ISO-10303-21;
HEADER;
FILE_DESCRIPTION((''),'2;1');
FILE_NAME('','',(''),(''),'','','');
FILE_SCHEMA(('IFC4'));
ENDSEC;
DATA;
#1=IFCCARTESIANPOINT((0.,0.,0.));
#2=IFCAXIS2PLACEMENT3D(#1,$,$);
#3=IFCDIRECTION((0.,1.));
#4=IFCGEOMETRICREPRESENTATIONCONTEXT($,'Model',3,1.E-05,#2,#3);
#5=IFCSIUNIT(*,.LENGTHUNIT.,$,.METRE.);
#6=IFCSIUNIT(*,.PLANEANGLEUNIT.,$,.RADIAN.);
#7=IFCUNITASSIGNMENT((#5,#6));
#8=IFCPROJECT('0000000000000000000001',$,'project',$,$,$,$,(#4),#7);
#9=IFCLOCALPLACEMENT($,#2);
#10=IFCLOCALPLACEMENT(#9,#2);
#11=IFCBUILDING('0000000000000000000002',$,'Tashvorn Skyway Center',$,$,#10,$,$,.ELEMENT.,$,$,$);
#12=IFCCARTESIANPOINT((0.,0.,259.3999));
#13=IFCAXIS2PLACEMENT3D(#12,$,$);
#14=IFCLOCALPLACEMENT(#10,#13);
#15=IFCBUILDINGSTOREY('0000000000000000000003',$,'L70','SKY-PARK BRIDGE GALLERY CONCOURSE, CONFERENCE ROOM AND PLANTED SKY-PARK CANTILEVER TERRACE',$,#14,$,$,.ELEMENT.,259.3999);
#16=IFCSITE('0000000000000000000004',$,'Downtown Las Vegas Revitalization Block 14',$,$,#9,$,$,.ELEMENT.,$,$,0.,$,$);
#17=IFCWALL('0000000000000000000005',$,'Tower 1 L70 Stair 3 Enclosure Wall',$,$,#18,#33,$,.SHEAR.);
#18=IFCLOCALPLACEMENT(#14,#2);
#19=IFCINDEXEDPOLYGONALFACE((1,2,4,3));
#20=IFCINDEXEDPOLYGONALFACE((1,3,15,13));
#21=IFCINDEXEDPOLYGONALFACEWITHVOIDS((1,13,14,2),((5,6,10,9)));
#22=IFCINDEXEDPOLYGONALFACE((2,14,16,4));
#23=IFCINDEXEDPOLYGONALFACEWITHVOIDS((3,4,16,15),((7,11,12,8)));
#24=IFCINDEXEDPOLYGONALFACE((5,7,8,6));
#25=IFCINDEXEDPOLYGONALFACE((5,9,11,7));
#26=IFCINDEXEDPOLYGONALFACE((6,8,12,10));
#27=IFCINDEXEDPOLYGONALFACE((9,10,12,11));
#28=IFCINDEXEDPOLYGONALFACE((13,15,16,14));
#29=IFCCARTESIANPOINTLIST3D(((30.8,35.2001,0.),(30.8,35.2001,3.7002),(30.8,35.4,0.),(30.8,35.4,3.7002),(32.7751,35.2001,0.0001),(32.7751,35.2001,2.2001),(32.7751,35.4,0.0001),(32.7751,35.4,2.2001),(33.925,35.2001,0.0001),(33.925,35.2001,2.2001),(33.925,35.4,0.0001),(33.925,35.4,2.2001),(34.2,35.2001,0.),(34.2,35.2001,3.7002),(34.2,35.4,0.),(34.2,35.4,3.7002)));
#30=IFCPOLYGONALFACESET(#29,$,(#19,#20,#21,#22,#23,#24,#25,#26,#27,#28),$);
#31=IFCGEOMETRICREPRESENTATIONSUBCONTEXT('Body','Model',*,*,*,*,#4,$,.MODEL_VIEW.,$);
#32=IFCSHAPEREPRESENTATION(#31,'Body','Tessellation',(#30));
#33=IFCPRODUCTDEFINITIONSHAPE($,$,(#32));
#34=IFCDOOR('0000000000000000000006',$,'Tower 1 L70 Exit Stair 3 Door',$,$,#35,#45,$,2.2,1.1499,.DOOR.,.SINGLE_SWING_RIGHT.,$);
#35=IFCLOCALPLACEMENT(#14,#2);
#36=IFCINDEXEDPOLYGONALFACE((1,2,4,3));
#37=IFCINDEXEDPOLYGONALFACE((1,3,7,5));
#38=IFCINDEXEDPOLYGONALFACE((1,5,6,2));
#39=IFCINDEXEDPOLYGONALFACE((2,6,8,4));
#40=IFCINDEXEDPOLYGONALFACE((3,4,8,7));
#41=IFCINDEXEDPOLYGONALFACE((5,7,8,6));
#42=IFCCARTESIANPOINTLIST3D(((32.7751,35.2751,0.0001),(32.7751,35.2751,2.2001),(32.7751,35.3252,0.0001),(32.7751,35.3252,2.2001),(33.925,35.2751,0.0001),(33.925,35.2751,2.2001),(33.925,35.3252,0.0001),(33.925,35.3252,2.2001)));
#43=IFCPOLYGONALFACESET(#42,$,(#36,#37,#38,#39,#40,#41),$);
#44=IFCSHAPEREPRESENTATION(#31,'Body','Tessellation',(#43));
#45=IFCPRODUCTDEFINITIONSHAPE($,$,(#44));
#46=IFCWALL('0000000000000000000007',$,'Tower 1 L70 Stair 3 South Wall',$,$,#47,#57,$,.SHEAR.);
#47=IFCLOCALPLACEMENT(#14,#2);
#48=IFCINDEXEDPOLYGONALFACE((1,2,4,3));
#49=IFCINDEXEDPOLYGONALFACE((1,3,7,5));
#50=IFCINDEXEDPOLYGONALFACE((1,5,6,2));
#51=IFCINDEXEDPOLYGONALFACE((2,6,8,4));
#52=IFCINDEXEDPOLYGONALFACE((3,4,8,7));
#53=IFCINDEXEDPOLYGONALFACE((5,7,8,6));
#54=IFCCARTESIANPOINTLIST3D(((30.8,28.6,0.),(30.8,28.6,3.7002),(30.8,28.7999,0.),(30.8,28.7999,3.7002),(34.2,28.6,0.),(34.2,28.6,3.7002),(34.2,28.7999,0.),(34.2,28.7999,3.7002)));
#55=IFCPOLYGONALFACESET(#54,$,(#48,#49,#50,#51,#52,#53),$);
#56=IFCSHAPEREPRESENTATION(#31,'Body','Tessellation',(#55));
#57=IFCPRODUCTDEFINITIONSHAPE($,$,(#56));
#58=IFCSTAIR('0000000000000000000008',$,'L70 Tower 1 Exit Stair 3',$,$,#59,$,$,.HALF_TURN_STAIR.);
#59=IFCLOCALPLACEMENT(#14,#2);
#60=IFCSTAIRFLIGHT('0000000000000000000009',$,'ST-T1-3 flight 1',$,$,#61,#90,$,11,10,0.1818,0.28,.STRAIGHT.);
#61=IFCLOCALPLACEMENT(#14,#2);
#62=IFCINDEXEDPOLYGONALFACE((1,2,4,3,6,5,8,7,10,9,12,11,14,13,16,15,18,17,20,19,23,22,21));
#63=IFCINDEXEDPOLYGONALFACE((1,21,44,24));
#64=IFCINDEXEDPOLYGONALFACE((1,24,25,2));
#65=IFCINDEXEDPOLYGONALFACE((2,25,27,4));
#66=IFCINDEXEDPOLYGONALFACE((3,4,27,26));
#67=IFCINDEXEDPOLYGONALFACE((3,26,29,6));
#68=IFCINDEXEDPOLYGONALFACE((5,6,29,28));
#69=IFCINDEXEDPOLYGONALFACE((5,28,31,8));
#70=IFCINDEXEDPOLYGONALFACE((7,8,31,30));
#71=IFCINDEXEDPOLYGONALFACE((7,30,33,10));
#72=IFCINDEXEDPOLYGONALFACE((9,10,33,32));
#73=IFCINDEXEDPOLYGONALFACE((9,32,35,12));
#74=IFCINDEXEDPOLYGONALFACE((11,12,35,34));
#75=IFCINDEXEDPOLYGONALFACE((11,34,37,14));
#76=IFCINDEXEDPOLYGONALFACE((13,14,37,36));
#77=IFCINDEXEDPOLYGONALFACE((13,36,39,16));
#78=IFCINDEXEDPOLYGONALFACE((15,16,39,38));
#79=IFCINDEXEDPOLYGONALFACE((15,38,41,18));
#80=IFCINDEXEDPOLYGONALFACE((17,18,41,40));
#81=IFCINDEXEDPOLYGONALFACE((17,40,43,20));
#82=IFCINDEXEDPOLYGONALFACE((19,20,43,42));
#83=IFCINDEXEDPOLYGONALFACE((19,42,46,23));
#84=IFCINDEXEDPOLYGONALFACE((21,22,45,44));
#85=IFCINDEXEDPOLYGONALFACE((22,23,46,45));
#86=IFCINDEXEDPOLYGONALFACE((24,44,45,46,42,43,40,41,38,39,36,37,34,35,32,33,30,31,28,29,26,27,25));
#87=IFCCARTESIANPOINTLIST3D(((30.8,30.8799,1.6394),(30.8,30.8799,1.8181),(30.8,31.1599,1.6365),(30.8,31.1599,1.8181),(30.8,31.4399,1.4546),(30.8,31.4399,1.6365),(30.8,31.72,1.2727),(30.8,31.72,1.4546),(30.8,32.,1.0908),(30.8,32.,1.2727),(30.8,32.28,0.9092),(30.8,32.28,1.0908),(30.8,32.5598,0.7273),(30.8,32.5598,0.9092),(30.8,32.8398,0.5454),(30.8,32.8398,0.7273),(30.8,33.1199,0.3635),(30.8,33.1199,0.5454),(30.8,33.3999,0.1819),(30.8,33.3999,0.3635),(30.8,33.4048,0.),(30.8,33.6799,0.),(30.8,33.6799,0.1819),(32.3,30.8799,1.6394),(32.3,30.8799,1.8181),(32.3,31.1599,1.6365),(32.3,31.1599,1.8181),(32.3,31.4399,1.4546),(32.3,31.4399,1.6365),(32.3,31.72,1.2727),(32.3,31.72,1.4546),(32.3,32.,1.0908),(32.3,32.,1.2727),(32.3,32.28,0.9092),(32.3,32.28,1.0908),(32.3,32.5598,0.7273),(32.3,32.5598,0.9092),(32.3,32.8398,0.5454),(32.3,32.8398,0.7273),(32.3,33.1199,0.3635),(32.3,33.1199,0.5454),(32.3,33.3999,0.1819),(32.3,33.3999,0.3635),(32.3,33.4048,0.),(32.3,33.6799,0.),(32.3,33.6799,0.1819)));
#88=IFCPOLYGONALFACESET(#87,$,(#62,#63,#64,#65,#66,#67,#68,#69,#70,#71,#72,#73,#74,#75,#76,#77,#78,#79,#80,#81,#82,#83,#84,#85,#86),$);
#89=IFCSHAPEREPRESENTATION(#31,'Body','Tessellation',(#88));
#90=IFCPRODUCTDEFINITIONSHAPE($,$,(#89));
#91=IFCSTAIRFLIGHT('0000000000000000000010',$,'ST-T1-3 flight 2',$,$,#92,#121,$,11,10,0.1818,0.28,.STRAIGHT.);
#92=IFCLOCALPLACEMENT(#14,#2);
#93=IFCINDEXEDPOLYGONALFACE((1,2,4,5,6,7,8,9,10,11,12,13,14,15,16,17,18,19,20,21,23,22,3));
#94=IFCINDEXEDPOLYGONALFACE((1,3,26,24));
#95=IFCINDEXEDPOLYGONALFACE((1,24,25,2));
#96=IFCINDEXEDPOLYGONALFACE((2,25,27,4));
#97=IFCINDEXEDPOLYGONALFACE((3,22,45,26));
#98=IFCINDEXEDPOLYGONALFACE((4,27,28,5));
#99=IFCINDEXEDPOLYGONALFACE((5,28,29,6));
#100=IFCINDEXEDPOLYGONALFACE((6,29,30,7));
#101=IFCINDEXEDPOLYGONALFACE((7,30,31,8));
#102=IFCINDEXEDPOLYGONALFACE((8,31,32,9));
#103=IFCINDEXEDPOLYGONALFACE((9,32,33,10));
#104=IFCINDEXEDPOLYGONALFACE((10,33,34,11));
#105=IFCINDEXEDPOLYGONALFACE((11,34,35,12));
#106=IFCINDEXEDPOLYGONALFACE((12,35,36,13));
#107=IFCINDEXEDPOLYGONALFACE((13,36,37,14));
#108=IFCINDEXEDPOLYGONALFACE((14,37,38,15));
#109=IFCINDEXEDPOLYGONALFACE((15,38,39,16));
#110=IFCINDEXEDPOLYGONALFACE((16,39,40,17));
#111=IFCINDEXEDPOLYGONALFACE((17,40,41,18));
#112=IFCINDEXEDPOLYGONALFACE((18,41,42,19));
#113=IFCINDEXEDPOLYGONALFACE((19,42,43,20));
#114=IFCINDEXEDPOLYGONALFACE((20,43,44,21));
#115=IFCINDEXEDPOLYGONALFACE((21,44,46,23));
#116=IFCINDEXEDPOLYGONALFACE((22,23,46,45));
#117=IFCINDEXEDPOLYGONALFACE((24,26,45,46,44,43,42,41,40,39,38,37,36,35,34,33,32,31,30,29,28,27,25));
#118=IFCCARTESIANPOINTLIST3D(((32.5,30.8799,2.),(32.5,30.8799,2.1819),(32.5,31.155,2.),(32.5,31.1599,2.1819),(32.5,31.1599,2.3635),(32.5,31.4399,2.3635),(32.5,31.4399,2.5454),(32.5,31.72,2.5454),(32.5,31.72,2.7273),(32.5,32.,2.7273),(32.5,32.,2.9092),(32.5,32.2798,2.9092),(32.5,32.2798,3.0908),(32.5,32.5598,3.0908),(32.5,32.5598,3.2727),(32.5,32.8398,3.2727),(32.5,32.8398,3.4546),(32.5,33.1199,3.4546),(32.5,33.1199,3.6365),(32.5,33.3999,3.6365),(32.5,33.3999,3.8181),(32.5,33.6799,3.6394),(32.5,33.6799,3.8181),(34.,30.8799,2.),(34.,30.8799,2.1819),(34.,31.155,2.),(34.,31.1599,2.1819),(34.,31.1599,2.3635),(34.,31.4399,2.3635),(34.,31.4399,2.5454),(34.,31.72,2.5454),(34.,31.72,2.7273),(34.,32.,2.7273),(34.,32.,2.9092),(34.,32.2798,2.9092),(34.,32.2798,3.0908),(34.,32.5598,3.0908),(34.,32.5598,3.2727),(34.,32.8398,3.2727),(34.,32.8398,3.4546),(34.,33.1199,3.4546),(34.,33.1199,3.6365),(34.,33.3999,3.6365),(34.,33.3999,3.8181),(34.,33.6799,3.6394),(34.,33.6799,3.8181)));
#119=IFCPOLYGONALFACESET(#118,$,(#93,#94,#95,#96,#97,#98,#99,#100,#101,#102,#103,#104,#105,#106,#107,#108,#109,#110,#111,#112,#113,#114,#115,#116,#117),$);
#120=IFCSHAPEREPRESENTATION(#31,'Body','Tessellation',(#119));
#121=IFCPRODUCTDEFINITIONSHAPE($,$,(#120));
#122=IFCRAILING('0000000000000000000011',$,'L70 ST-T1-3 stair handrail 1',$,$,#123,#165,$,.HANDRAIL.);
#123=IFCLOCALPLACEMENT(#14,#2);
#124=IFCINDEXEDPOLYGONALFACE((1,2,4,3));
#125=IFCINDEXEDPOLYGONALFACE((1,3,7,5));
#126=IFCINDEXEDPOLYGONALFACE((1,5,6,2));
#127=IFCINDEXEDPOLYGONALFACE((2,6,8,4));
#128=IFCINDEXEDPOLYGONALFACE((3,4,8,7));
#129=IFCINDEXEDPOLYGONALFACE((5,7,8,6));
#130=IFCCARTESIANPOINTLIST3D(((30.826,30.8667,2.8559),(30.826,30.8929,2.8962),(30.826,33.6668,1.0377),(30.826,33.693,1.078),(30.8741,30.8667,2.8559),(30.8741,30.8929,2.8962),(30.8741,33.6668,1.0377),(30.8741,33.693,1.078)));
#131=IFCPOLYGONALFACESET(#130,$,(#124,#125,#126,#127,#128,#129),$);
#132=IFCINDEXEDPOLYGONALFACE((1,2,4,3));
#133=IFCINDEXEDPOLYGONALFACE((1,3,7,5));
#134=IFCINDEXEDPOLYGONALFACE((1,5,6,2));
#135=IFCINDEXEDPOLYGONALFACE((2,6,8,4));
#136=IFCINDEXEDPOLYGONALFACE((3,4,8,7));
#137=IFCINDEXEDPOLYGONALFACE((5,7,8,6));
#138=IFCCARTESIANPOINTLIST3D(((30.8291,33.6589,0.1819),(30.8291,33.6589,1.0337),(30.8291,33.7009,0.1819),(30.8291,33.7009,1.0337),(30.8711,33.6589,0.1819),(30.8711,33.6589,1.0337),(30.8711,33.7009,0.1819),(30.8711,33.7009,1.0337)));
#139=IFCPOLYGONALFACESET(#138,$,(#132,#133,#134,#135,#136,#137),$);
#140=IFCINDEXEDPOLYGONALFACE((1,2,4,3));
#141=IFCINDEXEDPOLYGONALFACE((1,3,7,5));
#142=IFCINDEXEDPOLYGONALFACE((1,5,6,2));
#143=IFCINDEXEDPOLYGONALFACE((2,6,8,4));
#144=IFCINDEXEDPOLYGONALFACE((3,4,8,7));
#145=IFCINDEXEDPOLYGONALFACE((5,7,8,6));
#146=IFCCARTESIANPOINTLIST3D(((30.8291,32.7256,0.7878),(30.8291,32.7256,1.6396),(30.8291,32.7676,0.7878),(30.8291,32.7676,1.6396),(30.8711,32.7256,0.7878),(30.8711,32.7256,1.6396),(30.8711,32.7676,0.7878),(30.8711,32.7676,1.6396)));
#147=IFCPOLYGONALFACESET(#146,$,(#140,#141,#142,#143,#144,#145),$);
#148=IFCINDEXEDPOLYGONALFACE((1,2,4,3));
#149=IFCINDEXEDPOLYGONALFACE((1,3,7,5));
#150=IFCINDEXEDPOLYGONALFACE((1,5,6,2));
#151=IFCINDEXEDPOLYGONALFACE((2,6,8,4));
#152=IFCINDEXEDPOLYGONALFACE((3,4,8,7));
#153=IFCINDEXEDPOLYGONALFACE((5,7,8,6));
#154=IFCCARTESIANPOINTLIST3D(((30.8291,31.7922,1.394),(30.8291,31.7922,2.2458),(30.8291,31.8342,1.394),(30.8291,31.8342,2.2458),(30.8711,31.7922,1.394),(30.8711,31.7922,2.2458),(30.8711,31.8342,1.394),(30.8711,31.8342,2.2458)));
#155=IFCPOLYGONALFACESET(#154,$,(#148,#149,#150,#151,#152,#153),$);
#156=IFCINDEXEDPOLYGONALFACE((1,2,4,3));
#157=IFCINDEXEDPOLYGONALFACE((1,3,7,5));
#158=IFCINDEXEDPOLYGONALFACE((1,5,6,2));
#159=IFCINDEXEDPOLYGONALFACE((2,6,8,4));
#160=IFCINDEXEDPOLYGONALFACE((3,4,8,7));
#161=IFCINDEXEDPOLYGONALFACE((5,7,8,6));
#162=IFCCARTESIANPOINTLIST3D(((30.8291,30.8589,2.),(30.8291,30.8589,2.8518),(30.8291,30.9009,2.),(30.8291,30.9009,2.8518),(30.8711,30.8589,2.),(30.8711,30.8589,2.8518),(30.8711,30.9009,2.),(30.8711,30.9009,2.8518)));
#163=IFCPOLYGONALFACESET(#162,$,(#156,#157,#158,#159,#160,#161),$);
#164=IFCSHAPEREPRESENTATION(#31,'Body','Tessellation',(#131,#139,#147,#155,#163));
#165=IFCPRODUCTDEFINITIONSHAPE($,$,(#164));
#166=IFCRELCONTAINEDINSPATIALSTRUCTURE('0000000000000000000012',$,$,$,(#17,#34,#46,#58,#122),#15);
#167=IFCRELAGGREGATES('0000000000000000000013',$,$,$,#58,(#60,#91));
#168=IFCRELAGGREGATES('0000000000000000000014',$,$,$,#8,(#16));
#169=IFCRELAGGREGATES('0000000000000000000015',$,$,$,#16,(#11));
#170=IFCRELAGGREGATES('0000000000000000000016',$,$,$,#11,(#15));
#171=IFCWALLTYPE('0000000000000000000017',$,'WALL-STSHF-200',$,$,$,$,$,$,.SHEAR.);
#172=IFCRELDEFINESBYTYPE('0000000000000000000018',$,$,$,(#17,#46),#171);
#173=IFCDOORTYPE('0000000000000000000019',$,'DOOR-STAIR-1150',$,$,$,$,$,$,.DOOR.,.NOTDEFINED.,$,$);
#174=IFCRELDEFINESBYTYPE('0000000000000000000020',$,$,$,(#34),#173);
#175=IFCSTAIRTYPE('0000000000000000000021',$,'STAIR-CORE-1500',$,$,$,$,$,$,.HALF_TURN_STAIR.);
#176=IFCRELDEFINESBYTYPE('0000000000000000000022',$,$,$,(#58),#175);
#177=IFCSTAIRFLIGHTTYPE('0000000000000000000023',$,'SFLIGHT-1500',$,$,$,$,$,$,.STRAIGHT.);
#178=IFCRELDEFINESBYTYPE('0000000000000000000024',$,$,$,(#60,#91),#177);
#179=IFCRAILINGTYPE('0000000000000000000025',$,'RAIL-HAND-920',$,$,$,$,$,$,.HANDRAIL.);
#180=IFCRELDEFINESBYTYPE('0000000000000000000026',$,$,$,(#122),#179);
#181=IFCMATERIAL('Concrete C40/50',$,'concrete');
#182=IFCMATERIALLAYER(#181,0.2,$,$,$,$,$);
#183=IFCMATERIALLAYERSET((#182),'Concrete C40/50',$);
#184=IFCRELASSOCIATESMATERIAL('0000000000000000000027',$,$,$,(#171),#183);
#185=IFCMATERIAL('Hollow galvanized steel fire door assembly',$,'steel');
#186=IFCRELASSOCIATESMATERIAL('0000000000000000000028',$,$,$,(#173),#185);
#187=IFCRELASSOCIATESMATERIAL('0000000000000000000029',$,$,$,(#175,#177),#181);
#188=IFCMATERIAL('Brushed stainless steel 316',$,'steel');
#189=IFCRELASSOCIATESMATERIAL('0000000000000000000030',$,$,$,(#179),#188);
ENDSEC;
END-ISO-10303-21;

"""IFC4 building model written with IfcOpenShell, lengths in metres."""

from ifc_helpers import new_model, si_unit, direction, frame, frame_2d, origin, origin_2d, place, context, subcontext, project, spatial, polyline, rectangle, outline, extrude, material, layer, layer_set, type_object, element, fill, aggregate, save


model = new_model("IFC4")

# Units and contexts
model_context = context("Model", 3, precision=1e-05, world=origin(), true_north=direction((0.0, 1.0)))
body_context = subcontext(model_context, "Body", "Model", "MODEL_VIEW")
ifc_project = project(units=[si_unit("LENGTHUNIT", "METRE"), si_unit("PLANEANGLEUNIT", "RADIAN")], contexts=[model_context])

# Site, building, storey
site_placement = place(None, origin())
site = spatial("IfcSite", under=ifc_project, at=site_placement, Name="Downtown Las Vegas Revitalization Block 14", CompositionType="ELEMENT", RefElevation=0.0)
building_placement = place(site_placement, origin())
building = spatial("IfcBuilding", under=site, at=building_placement, Name="Tashvorn Skyway Center", CompositionType="ELEMENT")
storey_placement = place(building_placement, frame((0.0, 0.0, 259.3999)))
storey = spatial("IfcBuildingStorey", under=building, at=storey_placement, Name="L70", Description="SKY-PARK BRIDGE GALLERY CONCOURSE, CONFERENCE ROOM AND PLANTED SKY-PARK CANTILEVER TERRACE", CompositionType="ELEMENT", Elevation=259.3999)

# Shared definitions
ifc_material_1 = material(Name="Hollow galvanized steel fire door assembly", Category="steel")

# Shared definitions
ifc_material_2 = material(Name="Concrete C40/50", Category="concrete")
ifc_layer_1 = layer(ifc_material_2, 0.2)
ifc_layer_set_1 = layer_set([ifc_layer_1], Name="Concrete C40/50")
wall_type_1 = type_object("IfcWallType", Name="WALL-STSHF-200", PredefinedType="SHEAR", material=ifc_layer_set_1)

# Wall, opening, door
wall_1_placement = place(storey_placement, frame((34.2, 35.3, 0.0), z_axis=(0.0, 0.0, 1.0), x_axis=(-1.0, 0.0, 0.0)))
wall_1 = element("IfcWall", 1, at=wall_1_placement, inside=storey, type_object=wall_type_1, Name="Tower 1 L70 Stair 3 Enclosure Wall", PredefinedType="SHEAR", context=body_context, shape_type="SweptSolid", body=[
    extrude(rectangle(XDim=3.3999, YDim=0.2, at=frame_2d((1.7, 0.0))), origin(), (0.0, 0.0, 1.0), 3.7002),
])
opening_1_placement = place(wall_1_placement, frame((0.2749, 0.0, 0.0)))
opening_1 = element("IfcOpeningElement", 2, at=opening_1_placement, cuts=wall_1, PredefinedType="OPENING", context=body_context, shape_type="SweptSolid", body=[
    extrude(rectangle(XDim=1.1499, YDim=2.2, at=frame_2d((0.575, 1.1001))), frame((0.0, 0.1099, 0.0), z_axis=(0.0, -1.0, 0.0), x_axis=(1.0, 0.0, 0.0)), (0.0, 0.0, 1.0), 0.22),
])
door_type_1 = type_object("IfcDoorType", Name="DOOR-STAIR-1150", OperationType="NOTDEFINED", PredefinedType="DOOR", material=ifc_material_1)
door_1_placement = place(opening_1_placement, origin())
door_1 = element("IfcDoor", 3, at=door_1_placement, inside=storey, type_object=door_type_1, Name="Tower 1 L70 Exit Stair 3 Door", OperationType="SINGLE_SWING_RIGHT", OverallHeight=2.2, OverallWidth=1.1499, PredefinedType="DOOR", context=body_context, shape_type="SweptSolid", body=[
    extrude(rectangle(XDim=1.1499, YDim=2.2, at=frame_2d((0.575, 1.1001))), frame((0.0, 0.0249, 0.0), z_axis=(0.0, -1.0, 0.0), x_axis=(1.0, 0.0, 0.0)), (0.0, 0.0, 1.0), 0.05),
])
fill(opening_1, door_1)

# Wall
wall_2_placement = place(storey_placement, frame((30.8, 28.7, 0.0), z_axis=(0.0, 0.0, 1.0), x_axis=(1.0, 0.0, 0.0)))
element("IfcWall", 4, at=wall_2_placement, inside=storey, type_object=wall_type_1, Name="Tower 1 L70 Stair 3 South Wall", PredefinedType="SHEAR", context=body_context, shape_type="SweptSolid", body=[
    extrude(rectangle(XDim=3.3999, YDim=0.2, at=frame_2d((1.7, 0.0))), origin(), (0.0, 0.0, 1.0), 3.7002),
])

# Stair, stair flights
stair_type = type_object("IfcStairType", Name="STAIR-CORE-1500", PredefinedType="HALF_TURN_STAIR", material=ifc_material_2)
stair_placement = place(storey_placement, origin())
stair = element("IfcStair", 5, at=stair_placement, inside=storey, type_object=stair_type, Name="L70 Tower 1 Exit Stair 3", PredefinedType="HALF_TURN_STAIR")
stair_flight_type = type_object("IfcStairFlightType", Name="SFLIGHT-1500", PredefinedType="STRAIGHT", material=ifc_material_2)
stair_flight_1_placement = place(storey_placement, frame((31.55, 33.6799, 0.0), z_axis=(0.0, 0.0, 1.0), x_axis=(0.0, -1.0, 0.0)))
stair_flight_1 = element("IfcStairFlight", 6, at=stair_flight_1_placement, type_object=stair_flight_type, Name="ST-T1-3 flight 1", NumberOfRisers=11, NumberOfTreads=10, PredefinedType="STRAIGHT", RiserHeight=0.1818, TreadLength=0.28, context=body_context, shape_type="SweptSolid", body=[
    extrude(outline(polyline([(0.0, 0.0), (0.0, 0.1819), (0.28, 0.1819), (0.28, 0.3635), (0.5601, 0.3635), (0.5601, 0.5454), (0.8401, 0.5454), (0.8401, 0.7273), (1.1201, 0.7273), (1.1201, 0.9092), (1.3999, 0.9092), (1.3999, 1.0908), (1.6799, 1.0908), (1.6799, 1.2727), (1.96, 1.2727), (1.96, 1.4546), (2.24, 1.4546), (2.24, 1.6365), (2.52, 1.6365), (2.52, 1.8181), (2.8, 1.8181), (2.8, 2.0), (2.8, 1.6394), (0.2751, 0.0), (0.0, 0.0)])), frame((0.0, 0.75, 0.0), z_axis=(0.0, -1.0, 0.0), x_axis=(1.0, 0.0, 0.0)), (0.0, 0.0, 1.0), 1.5),
])
stair_flight_2_placement = place(storey_placement, frame((33.25, 30.8799, 2.0), z_axis=(0.0, 0.0, 1.0), x_axis=(0.0, 1.0, 0.0)))
stair_flight_2 = element("IfcStairFlight", 7, at=stair_flight_2_placement, type_object=stair_flight_type, Name="ST-T1-3 flight 2", NumberOfRisers=11, NumberOfTreads=10, PredefinedType="STRAIGHT", RiserHeight=0.1818, TreadLength=0.28, context=body_context, shape_type="SweptSolid", body=[
    extrude(outline(polyline([(0.0, 0.0), (0.0, 0.1819), (0.28, 0.1819), (0.28, 0.3635), (0.5601, 0.3635), (0.5601, 0.5454), (0.8401, 0.5454), (0.8401, 0.7273), (1.1201, 0.7273), (1.1201, 0.9092), (1.3999, 0.9092), (1.3999, 1.0908), (1.6799, 1.0908), (1.6799, 1.2727), (1.96, 1.2727), (1.96, 1.4546), (2.24, 1.4546), (2.24, 1.6365), (2.52, 1.6365), (2.52, 1.8181), (2.8, 1.8181), (2.8, 2.0), (2.8, 1.6394), (0.2751, 0.0), (0.0, 0.0)])), frame((0.0, 0.75, 0.0), z_axis=(0.0, -1.0, 0.0), x_axis=(1.0, 0.0, 0.0)), (0.0, 0.0, 1.0), 1.5),
])
aggregate(stair, [stair_flight_1, stair_flight_2])

# Railing
ifc_material_3 = material(Name="Brushed stainless steel 316", Category="steel")
railing_type_1 = type_object("IfcRailingType", Name="RAIL-HAND-920", PredefinedType="HANDRAIL", material=ifc_material_3)
railing_1_placement = place(storey_placement, frame((30.8501, 33.6799, 0.1819)))
element("IfcRailing", 8, at=railing_1_placement, inside=storey, type_object=railing_type_1, Name="L70 ST-T1-3 stair handrail 1", PredefinedType="HANDRAIL", context=body_context, shape_type="SweptSolid", body=[
    extrude(rectangle(XDim=0.0481, YDim=0.0481, at=origin_2d()), frame((0.0, 0.0, 0.876), z_axis=(0.0, -0.838706, 0.544585), x_axis=(1.0, 0.0, 0.0)), (0.0, 0.0, 1.0), 3.3386),
    extrude(rectangle(XDim=0.042, YDim=0.042, at=origin_2d()), origin(), (0.0, 0.0, 1.0), 0.8518),
    extrude(rectangle(XDim=0.042, YDim=0.042, at=origin_2d()), frame((0.0, -0.9333, 0.606)), (0.0, 0.0, 1.0), 0.8518),
    extrude(rectangle(XDim=0.042, YDim=0.042, at=origin_2d()), frame((0.0, -1.8667, 1.2122)), (0.0, 0.0, 1.0), 0.8518),
    extrude(rectangle(XDim=0.042, YDim=0.042, at=origin_2d()), frame((0.0, -2.8, 1.8181)), (0.0, 0.0, 1.0), 0.8518),
])

save(model, "model.ifc")
